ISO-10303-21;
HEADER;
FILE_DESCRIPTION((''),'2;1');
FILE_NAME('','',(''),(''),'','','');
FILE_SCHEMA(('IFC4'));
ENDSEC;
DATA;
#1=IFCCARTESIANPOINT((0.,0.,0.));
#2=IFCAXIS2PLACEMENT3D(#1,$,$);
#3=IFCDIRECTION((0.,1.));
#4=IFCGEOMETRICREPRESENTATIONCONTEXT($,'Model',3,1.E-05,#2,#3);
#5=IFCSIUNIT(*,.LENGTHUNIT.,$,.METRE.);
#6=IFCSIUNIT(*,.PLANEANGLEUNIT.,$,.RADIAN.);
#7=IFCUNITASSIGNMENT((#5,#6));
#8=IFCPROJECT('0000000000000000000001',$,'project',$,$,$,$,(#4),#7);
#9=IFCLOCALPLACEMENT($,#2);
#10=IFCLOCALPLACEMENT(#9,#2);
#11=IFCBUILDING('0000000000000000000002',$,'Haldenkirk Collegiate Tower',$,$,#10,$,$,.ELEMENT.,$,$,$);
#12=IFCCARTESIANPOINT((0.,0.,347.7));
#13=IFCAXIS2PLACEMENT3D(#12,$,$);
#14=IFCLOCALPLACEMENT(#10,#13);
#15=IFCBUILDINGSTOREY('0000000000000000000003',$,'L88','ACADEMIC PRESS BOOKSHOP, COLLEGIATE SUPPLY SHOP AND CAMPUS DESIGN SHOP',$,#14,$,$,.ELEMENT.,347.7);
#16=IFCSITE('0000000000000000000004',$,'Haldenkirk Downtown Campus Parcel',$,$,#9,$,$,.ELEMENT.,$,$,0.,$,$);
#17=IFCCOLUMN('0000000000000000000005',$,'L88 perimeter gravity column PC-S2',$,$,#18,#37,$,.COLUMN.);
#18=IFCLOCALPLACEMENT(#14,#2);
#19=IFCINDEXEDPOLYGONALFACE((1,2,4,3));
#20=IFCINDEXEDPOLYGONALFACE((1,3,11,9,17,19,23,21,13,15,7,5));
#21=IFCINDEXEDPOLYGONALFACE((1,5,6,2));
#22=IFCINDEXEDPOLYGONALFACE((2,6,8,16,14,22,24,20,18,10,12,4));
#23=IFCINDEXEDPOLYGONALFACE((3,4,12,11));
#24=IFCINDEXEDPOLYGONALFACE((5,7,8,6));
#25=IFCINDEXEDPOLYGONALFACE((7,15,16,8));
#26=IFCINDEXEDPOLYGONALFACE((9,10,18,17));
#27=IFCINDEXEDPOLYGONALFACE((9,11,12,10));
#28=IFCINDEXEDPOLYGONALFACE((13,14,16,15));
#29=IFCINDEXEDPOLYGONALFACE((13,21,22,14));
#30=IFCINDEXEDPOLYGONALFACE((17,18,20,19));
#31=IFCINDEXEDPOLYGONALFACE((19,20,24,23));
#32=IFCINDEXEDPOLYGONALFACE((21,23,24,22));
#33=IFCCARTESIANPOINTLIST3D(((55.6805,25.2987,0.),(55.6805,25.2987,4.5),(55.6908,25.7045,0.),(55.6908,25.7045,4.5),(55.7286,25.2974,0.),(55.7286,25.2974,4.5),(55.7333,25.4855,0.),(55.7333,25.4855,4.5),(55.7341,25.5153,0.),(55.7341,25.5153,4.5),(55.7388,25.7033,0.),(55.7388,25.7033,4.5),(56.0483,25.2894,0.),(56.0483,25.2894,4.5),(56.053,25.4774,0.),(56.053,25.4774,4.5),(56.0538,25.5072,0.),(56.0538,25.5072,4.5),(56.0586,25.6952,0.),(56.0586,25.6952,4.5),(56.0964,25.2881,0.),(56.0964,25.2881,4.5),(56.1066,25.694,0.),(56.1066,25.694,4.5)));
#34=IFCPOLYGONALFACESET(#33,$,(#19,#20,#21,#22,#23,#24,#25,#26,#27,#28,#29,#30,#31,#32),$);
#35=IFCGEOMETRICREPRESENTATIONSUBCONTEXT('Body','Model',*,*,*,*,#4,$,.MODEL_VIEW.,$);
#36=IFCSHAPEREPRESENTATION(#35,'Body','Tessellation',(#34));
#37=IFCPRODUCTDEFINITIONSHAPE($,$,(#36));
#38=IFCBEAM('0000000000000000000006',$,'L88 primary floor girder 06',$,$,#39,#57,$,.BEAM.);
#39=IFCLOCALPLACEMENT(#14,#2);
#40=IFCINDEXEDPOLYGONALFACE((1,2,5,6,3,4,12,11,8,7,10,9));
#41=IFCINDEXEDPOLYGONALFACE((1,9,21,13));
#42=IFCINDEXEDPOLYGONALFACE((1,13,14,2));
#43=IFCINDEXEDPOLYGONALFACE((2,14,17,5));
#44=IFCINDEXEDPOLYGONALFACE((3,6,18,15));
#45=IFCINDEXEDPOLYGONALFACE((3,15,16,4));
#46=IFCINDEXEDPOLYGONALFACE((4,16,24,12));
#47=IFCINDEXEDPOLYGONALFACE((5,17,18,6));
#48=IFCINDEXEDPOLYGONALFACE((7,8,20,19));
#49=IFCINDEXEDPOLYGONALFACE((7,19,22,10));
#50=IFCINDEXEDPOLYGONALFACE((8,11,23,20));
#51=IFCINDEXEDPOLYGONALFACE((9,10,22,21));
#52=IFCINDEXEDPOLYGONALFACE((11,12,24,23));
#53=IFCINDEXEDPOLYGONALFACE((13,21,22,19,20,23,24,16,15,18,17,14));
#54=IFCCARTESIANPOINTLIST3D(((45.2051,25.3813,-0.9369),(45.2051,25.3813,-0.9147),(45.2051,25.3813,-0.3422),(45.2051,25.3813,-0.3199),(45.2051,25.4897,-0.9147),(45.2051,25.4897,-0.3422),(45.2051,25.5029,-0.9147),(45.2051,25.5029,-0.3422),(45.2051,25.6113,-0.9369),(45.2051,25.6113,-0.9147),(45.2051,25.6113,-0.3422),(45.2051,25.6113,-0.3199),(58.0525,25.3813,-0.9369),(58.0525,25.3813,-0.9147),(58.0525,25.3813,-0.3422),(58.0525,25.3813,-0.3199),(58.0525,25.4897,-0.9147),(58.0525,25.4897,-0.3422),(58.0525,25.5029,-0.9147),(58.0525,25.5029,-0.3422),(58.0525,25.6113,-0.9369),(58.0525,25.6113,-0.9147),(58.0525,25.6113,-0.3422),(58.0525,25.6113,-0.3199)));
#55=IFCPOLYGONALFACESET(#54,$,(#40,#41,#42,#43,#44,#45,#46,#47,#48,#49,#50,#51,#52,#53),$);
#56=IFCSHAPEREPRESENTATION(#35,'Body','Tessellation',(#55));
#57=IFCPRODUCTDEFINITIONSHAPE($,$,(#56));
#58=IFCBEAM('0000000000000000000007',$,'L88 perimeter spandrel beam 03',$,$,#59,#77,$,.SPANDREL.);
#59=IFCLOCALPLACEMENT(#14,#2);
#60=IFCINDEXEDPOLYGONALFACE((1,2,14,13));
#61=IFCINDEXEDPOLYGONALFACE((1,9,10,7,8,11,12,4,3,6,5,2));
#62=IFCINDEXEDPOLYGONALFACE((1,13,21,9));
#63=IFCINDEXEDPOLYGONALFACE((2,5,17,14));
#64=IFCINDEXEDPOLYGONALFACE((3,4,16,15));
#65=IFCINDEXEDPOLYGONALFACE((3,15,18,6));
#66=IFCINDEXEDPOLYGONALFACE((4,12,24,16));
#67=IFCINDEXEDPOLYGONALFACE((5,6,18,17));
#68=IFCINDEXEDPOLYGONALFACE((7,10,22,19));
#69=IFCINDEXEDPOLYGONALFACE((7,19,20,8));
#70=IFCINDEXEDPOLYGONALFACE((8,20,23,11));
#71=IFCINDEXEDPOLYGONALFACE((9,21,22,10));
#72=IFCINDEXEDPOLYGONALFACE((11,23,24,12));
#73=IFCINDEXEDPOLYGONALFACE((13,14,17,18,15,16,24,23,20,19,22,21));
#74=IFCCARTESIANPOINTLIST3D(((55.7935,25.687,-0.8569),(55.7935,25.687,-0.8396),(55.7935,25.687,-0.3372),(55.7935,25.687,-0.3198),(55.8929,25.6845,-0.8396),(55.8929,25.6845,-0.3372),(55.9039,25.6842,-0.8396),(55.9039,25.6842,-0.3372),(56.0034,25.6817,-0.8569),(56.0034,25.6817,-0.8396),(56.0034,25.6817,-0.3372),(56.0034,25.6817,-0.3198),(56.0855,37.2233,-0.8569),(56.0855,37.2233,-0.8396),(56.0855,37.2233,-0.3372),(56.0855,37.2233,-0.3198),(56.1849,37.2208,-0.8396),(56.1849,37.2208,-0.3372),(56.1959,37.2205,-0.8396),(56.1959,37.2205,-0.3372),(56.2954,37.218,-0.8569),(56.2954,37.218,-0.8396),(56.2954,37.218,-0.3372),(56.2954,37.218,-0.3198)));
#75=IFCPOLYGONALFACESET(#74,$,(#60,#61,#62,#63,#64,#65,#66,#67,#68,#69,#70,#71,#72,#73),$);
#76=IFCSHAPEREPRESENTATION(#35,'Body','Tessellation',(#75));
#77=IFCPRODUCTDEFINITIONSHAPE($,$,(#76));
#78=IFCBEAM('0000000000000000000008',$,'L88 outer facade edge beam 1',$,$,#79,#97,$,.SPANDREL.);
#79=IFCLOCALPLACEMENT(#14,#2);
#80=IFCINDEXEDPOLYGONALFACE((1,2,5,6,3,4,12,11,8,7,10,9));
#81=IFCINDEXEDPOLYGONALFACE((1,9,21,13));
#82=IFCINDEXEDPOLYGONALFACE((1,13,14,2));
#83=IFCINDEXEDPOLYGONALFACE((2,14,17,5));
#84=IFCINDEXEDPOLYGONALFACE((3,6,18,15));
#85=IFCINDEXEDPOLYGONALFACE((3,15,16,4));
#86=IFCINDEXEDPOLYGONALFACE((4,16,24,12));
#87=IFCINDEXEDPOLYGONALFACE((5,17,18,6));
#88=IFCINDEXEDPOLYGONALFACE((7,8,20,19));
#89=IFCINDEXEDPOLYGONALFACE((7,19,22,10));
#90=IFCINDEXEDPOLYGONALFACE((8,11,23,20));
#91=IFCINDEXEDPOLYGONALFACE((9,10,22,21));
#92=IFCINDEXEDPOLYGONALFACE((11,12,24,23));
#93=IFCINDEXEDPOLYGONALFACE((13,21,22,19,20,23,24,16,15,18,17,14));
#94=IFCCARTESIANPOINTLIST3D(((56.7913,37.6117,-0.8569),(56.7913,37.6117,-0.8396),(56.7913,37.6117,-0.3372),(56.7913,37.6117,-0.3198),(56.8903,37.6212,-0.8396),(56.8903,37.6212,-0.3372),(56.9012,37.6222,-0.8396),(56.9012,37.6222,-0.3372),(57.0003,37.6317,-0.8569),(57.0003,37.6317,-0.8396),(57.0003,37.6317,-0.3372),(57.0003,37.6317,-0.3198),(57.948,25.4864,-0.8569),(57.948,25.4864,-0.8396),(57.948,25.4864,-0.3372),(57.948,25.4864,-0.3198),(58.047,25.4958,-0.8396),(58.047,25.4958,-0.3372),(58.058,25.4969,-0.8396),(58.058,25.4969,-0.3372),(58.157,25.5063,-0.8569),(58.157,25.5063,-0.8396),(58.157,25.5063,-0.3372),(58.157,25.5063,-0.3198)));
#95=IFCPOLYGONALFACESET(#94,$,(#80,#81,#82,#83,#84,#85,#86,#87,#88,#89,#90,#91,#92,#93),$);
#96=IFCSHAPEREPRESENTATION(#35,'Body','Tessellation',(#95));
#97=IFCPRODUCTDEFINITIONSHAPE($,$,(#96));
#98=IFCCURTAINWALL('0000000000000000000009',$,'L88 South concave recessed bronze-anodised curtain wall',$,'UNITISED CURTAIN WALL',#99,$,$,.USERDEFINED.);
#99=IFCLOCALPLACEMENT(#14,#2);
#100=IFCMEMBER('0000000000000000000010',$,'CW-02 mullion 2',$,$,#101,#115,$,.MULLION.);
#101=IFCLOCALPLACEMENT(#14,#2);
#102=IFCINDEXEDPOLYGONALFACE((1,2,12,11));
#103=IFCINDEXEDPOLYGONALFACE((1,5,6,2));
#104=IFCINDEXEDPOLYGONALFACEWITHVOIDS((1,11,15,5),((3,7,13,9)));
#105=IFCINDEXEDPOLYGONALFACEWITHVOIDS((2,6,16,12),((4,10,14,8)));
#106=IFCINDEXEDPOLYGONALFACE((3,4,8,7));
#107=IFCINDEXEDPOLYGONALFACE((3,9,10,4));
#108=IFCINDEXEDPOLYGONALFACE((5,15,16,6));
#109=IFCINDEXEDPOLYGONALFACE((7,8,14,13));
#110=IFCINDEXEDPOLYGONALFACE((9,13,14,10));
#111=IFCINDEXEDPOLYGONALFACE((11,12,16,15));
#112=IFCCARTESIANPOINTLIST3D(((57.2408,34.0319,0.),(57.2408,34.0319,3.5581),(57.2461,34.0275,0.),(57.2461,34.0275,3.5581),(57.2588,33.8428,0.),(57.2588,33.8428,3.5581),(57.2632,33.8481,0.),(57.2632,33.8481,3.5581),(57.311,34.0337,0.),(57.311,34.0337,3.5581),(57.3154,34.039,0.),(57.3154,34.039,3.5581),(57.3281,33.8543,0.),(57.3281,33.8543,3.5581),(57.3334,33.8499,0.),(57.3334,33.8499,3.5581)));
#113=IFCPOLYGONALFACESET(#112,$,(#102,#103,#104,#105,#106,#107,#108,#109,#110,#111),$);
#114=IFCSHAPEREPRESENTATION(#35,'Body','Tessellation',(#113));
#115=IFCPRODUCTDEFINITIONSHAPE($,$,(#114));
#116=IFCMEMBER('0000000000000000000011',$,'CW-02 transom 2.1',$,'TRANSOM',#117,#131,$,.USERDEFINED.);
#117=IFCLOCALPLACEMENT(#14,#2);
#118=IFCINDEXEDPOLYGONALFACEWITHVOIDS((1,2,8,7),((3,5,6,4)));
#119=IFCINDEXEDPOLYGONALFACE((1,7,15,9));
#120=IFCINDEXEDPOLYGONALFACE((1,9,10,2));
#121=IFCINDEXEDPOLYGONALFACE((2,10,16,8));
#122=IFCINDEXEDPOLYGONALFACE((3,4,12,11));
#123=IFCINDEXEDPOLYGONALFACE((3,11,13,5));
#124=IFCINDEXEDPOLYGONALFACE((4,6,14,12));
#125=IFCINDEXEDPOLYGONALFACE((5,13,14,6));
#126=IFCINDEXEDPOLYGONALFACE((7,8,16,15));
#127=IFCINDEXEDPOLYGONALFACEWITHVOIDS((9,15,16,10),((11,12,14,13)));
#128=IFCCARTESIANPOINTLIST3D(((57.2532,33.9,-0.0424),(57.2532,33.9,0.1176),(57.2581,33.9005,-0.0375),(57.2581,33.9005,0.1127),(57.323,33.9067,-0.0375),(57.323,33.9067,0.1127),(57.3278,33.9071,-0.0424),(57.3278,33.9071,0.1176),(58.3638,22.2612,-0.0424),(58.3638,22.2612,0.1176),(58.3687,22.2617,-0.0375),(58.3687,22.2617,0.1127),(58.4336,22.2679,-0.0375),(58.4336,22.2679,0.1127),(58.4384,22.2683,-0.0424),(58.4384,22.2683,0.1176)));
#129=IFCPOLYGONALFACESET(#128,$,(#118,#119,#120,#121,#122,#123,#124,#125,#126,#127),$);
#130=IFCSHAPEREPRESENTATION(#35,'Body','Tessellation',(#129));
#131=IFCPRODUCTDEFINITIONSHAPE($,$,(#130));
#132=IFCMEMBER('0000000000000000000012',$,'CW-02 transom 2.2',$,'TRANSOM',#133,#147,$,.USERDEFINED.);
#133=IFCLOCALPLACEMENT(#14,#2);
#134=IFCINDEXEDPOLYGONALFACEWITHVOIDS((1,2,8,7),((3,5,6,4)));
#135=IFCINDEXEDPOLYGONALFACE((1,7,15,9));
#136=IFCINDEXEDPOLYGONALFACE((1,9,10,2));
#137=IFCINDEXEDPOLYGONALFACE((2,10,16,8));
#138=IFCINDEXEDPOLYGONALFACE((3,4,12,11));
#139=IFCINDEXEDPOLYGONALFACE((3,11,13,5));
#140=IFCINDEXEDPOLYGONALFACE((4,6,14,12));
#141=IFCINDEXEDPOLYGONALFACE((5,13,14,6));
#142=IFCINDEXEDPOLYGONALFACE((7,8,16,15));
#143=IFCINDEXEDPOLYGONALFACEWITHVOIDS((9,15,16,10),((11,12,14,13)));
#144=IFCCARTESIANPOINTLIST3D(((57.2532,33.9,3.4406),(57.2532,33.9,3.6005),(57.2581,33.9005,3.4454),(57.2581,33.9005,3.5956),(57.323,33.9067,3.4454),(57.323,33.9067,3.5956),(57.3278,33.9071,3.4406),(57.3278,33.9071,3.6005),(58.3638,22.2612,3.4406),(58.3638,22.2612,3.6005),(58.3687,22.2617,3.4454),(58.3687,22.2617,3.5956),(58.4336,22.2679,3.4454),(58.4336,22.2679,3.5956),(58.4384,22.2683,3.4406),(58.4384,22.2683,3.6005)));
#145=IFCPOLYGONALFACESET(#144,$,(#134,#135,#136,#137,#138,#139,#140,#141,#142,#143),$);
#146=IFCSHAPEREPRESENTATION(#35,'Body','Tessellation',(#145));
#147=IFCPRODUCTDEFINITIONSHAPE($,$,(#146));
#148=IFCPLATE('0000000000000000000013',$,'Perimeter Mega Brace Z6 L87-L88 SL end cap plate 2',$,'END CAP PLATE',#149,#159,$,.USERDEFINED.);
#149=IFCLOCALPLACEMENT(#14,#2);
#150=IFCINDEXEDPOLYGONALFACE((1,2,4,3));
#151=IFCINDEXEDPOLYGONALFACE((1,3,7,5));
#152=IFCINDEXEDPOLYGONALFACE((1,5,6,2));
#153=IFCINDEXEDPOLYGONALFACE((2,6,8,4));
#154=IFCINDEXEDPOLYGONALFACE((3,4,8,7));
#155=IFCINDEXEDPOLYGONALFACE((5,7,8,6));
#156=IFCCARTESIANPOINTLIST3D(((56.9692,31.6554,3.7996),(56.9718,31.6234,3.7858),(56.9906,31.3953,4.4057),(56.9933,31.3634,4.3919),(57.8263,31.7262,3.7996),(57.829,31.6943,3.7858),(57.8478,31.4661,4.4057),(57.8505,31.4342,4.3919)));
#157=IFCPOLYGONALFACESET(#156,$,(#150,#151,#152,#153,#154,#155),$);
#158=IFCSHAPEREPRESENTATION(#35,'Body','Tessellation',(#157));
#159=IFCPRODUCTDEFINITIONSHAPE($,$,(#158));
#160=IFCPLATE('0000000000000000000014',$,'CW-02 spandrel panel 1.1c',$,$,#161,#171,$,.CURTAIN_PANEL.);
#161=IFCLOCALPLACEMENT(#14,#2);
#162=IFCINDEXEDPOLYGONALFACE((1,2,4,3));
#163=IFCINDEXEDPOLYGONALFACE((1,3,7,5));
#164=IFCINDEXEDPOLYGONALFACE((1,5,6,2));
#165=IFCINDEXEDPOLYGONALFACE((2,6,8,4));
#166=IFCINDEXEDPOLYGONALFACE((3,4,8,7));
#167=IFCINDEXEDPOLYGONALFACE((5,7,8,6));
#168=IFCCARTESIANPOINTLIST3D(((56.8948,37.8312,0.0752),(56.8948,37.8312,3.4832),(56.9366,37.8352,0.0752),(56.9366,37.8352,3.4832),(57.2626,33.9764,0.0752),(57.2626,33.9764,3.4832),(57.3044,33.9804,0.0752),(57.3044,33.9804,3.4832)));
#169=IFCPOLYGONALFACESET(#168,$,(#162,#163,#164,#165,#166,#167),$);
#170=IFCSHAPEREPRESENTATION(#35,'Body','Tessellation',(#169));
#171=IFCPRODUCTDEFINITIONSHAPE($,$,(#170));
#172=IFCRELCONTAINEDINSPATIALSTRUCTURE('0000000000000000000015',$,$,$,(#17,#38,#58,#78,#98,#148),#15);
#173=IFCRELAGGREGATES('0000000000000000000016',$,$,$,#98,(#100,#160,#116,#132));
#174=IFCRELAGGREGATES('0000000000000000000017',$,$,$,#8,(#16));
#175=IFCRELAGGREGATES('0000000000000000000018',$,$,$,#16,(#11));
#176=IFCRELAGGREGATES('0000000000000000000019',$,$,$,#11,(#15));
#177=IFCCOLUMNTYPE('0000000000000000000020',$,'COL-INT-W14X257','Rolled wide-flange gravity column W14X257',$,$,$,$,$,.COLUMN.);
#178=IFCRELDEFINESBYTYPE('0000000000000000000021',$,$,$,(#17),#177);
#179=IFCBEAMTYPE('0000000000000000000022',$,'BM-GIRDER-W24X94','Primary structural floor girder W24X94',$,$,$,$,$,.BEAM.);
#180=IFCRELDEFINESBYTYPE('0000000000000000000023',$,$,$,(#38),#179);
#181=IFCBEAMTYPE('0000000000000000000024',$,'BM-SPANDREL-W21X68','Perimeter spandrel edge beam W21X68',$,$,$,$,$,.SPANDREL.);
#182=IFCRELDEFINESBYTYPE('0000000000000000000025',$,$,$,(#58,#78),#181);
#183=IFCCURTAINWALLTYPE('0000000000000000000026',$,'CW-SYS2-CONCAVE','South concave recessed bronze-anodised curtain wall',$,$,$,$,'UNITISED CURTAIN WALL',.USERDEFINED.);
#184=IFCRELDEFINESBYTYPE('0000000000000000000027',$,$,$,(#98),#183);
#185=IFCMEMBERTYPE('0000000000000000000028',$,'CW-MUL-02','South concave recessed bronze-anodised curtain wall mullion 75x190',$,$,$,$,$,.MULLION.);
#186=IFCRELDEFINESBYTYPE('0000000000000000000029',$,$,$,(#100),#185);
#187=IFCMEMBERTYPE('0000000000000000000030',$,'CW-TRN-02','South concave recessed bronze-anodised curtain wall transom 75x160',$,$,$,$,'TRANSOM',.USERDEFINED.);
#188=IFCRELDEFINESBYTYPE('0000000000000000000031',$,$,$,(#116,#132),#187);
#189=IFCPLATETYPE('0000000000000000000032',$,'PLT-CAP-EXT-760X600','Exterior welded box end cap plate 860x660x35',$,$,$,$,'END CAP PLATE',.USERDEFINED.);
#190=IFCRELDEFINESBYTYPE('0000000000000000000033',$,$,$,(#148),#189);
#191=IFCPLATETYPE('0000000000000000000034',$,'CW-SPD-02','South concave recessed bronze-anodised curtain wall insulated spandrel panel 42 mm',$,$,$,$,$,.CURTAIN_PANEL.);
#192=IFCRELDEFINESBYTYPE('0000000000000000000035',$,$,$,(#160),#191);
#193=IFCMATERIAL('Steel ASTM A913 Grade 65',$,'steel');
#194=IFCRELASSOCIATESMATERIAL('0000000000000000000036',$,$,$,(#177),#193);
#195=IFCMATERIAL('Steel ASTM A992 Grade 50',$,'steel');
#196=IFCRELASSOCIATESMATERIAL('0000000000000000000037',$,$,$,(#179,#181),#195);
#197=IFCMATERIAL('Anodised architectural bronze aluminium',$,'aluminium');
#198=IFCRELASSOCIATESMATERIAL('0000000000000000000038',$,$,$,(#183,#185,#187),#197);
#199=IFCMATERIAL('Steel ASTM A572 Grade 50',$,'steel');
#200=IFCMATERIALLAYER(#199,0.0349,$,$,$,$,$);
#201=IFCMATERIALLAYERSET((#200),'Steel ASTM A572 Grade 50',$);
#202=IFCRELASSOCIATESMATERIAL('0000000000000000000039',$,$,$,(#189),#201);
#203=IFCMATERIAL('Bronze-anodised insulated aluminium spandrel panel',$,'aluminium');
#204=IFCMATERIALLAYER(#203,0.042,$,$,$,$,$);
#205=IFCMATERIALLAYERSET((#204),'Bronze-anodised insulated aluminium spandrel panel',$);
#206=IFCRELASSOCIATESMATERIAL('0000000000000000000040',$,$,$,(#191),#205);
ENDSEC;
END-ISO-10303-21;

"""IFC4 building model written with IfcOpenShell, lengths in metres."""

from ifc_helpers import new_model, si_unit, direction, frame, origin, origin_2d, place, context, subcontext, project, spatial, rectangle, hollow_rectangle, i_section, extrude, source, transform, mapped, material, layer, layer_set, material_profile, profile_set, type_object, element, aggregate, save


model = new_model("IFC4")

# Units and contexts
model_context = context("Model", 3, precision=1e-05, world=origin(), true_north=direction((0.0, 1.0)))
body_context = subcontext(model_context, "Body", "Model", "MODEL_VIEW")
ifc_project = project(units=[si_unit("LENGTHUNIT", "METRE"), si_unit("PLANEANGLEUNIT", "RADIAN")], contexts=[model_context])

# Site, building, storey
site_placement = place(None, origin())
site = spatial("IfcSite", under=ifc_project, at=site_placement, Name="Haldenkirk Downtown Campus Parcel", CompositionType="ELEMENT", RefElevation=0.0)
building_placement = place(site_placement, origin())
building = spatial("IfcBuilding", under=site, at=building_placement, Name="Haldenkirk Collegiate Tower", CompositionType="ELEMENT")
storey_placement = place(building_placement, frame((0.0, 0.0, 347.7)))
storey = spatial("IfcBuildingStorey", under=building, at=storey_placement, Name="L88", Description="ACADEMIC PRESS BOOKSHOP, COLLEGIATE SUPPLY SHOP AND CAMPUS DESIGN SHOP", CompositionType="ELEMENT", Elevation=347.7)

# Column
ifc_material_1 = material(Name="Steel ASTM A913 Grade 65", Category="steel")
ifc_material_profile_1 = material_profile(ifc_material_1, i_section(OverallWidth=0.406, OverallDepth=0.416, WebThickness=0.0298, FlangeThickness=0.0481, at=origin_2d()), Name="W14X257")
ifc_profile_set_1 = profile_set([ifc_material_profile_1], Name="Steel ASTM A913 Grade 65")
column_type = type_object("IfcColumnType", Name="COL-INT-W14X257", Description="Rolled wide-flange gravity column W14X257", PredefinedType="COLUMN", material=ifc_profile_set_1)
column_placement = place(storey_placement, frame((55.8936, 25.4963, 0.0), z_axis=(0.0, 0.0, 1.0), x_axis=(0.025305, 0.99968, 0.0)))
element("IfcColumn", 1, at=column_placement, inside=storey, type_object=column_type, Name="L88 perimeter gravity column PC-S2", PredefinedType="COLUMN", context=body_context, shape_type="SweptSolid", body=[
    extrude(i_section(OverallWidth=0.406, OverallDepth=0.416, WebThickness=0.0298, FlangeThickness=0.0481, at=origin_2d()), origin(), (0.0, 0.0, 1.0), 4.5),
])

# Beams
ifc_material_2 = material(Name="Steel ASTM A992 Grade 50", Category="steel")
ifc_material_profile_2 = material_profile(ifc_material_2, i_section(OverallWidth=0.23, OverallDepth=0.6169, WebThickness=0.0132, FlangeThickness=0.0222, at=origin_2d()), Name="W24X94")
ifc_profile_set_2 = profile_set([ifc_material_profile_2], Name="Steel ASTM A992 Grade 50")
beam_type_1 = type_object("IfcBeamType", Name="BM-GIRDER-W24X94", Description="Primary structural floor girder W24X94", PredefinedType="BEAM", material=ifc_profile_set_2)
beam_1_placement = place(storey_placement, frame((58.0525, 25.4963, -0.6284), z_axis=(-1.0, 0.0, 0.0), x_axis=(0.0, -1.0, 0.0)))
element("IfcBeam", 2, at=beam_1_placement, inside=storey, type_object=beam_type_1, Name="L88 primary floor girder 06", PredefinedType="BEAM", context=body_context, shape_type="SweptSolid", body=[
    extrude(i_section(OverallWidth=0.23, OverallDepth=0.6169, WebThickness=0.0132, FlangeThickness=0.0222, at=origin_2d()), origin(), (0.0, 0.0, 1.0), 12.8474),
])
ifc_material_profile_3 = material_profile(ifc_material_2, i_section(OverallWidth=0.21, OverallDepth=0.5371, WebThickness=0.011, FlangeThickness=0.0173, at=origin_2d()), Name="W21X68")
ifc_profile_set_3 = profile_set([ifc_material_profile_3], Name="Steel ASTM A992 Grade 50")
beam_type_2 = type_object("IfcBeamType", Name="BM-SPANDREL-W21X68", Description="Perimeter spandrel edge beam W21X68", PredefinedType="SPANDREL", material=ifc_profile_set_3)
beam_2_placement = place(storey_placement, frame((55.8984, 25.6843, -0.5884), z_axis=(0.025302, 0.99968, 0.0), x_axis=(-0.99968, 0.025302, 0.0)))
element("IfcBeam", 3, at=beam_2_placement, inside=storey, type_object=beam_type_2, Name="L88 perimeter spandrel beam 03", PredefinedType="SPANDREL", context=body_context, shape_type="SweptSolid", body=[
    extrude(i_section(OverallWidth=0.21, OverallDepth=0.5371, WebThickness=0.011, FlangeThickness=0.0173, at=origin_2d()), origin(), (0.0, 0.0, 1.0), 11.54),
])
beam_3_placement = place(storey_placement, frame((58.0525, 25.4963, -0.5884), z_axis=(-0.094966, 0.995481, 0.0), x_axis=(-0.995481, -0.094966, 0.0)))
element("IfcBeam", 4, at=beam_3_placement, inside=storey, type_object=beam_type_2, Name="L88 outer facade edge beam 1", PredefinedType="SPANDREL", context=body_context, shape_type="SweptSolid", body=[
    extrude(i_section(OverallWidth=0.21, OverallDepth=0.5371, WebThickness=0.011, FlangeThickness=0.0173, at=origin_2d()), origin(), (0.0, 0.0, 1.0), 12.1804),
])

# Curtain wall, members
ifc_material_3 = material(Name="Anodised architectural bronze aluminium", Category="aluminium")
curtain_wall_type = type_object("IfcCurtainWallType", Name="CW-SYS2-CONCAVE", Description="South concave recessed bronze-anodised curtain wall", ElementType="UNITISED CURTAIN WALL", PredefinedType="USERDEFINED", material=ifc_material_3)
curtain_wall_placement = place(storey_placement, origin())
curtain_wall = element("IfcCurtainWall", 5, at=curtain_wall_placement, inside=storey, type_object=curtain_wall_type, Name="L88 South concave recessed bronze-anodised curtain wall", ObjectType="UNITISED CURTAIN WALL", PredefinedType="USERDEFINED")
ifc_material_profile_4 = material_profile(ifc_material_3, hollow_rectangle(XDim=0.075, YDim=0.1899, WallThickness=0.0049, at=origin_2d()), Name="CW-MUL-02")
ifc_profile_set_4 = profile_set([ifc_material_profile_4], Name="Anodised architectural bronze aluminium")
member_type_1 = type_object("IfcMemberType", Name="CW-MUL-02", Description="South concave recessed bronze-anodised curtain wall mullion 75x190", PredefinedType="MULLION", material=ifc_profile_set_4)
member_1_placement = place(storey_placement, frame((57.2871, 33.9409, 0.0), z_axis=(0.0, 0.0, 1.0), x_axis=(0.99548, 0.094974, 0.0)))
member_1 = element("IfcMember", 6, at=member_1_placement, type_object=member_type_1, Name="CW-02 mullion 2", PredefinedType="MULLION", context=body_context, shape_type="SweptSolid", body=[
    extrude(hollow_rectangle(XDim=0.075, YDim=0.1899, WallThickness=0.0049, at=origin_2d()), origin(), (0.0, 0.0, 1.0), 3.5581),
])
ifc_material_profile_5 = material_profile(ifc_material_3, hollow_rectangle(XDim=0.075, YDim=0.1599, WallThickness=0.0049, at=origin_2d()), Name="CW-TRN-02")
ifc_profile_set_5 = profile_set([ifc_material_profile_5], Name="Anodised architectural bronze aluminium")
member_type_2 = type_object("IfcMemberType", Name="CW-TRN-02", Description="South concave recessed bronze-anodised curtain wall transom 75x160", ElementType="TRANSOM", PredefinedType="USERDEFINED", material=ifc_profile_set_5)
member_2_placement = place(storey_placement, frame((57.2905, 33.9036, 0.0376), z_axis=(0.094991, -0.995478, 0.0), x_axis=(0.995478, 0.094991, 0.0)))
member_2 = element("IfcMember", 7, at=member_2_placement, type_object=member_type_2, Name="CW-02 transom 2.1", ObjectType="TRANSOM", PredefinedType="USERDEFINED", context=body_context, shape_type="SweptSolid", body=[
    extrude(hollow_rectangle(XDim=0.075, YDim=0.1599, WallThickness=0.0049, at=origin_2d()), origin(), (0.0, 0.0, 1.0), 11.6917),
])
member_3_placement = place(storey_placement, frame((57.2905, 33.9036, 3.5205), z_axis=(0.094991, -0.995478, 0.0), x_axis=(0.995478, 0.094991, 0.0)))
member_3 = element("IfcMember", 8, at=member_3_placement, type_object=member_type_2, Name="CW-02 transom 2.2", ObjectType="TRANSOM", PredefinedType="USERDEFINED", context=body_context, shape_type="SweptSolid", body=[
    extrude(hollow_rectangle(XDim=0.075, YDim=0.1599, WallThickness=0.0049, at=origin_2d()), origin(), (0.0, 0.0, 1.0), 11.6917),
])

# Plates
ifc_material_4 = material(Name="Steel ASTM A572 Grade 50", Category="steel")
ifc_layer_1 = layer(ifc_material_4, 0.0349)
ifc_layer_set_1 = layer_set([ifc_layer_1], Name="Steel ASTM A572 Grade 50")
plate_type_1 = type_object("IfcPlateType", Name="PLT-CAP-EXT-760X600", Description="Exterior welded box end cap plate 860x660x35", ElementType="END CAP PLATE", PredefinedType="USERDEFINED", material=ifc_layer_set_1)
shared_shape_1 = source(origin(), body_context, "Body", "SweptSolid", [
    extrude(rectangle(XDim=0.8601, YDim=0.6599, at=origin_2d()), origin(), (0.0, 0.0, 1.0), 0.0349),
])
plate_1_placement = place(storey_placement, frame((57.4111, 31.5288, 4.0889), z_axis=(-0.075648, 0.915366, 0.395452), x_axis=(-0.996603, -0.082361, 0.0)))
element("IfcPlate", 9, at=plate_1_placement, inside=storey, type_object=plate_type_1, Name="Perimeter Mega Brace Z6 L87-L88 SL end cap plate 2", ObjectType="END CAP PLATE", PredefinedType="USERDEFINED", context=body_context, shape_type="MappedRepresentation", body=[
    mapped(shared_shape_1, transform((0.0, 0.0, 0.0), x_axis=(1.0, 0.0, 0.0), y_axis=(0.0, 1.0, 0.0), z_axis=(0.0, 0.0, 1.0), scale=1.0)),
])
ifc_material_5 = material(Name="Bronze-anodised insulated aluminium spandrel panel", Category="aluminium")
ifc_layer_2 = layer(ifc_material_5, 0.042)
ifc_layer_set_2 = layer_set([ifc_layer_2], Name="Bronze-anodised insulated aluminium spandrel panel")
plate_type_2 = type_object("IfcPlateType", Name="CW-SPD-02", Description="South concave recessed bronze-anodised curtain wall insulated spandrel panel 42 mm", PredefinedType="CURTAIN_PANEL", material=ifc_layer_set_2)
shared_shape_2 = source(origin(), body_context, "Body", "SweptSolid", [
    extrude(rectangle(XDim=3.8723, YDim=0.042, at=origin_2d()), origin(), (0.0, 0.0, 1.0), 3.408),
])
plate_2_placement = place(storey_placement, frame((57.0996, 35.9058, 0.0752), z_axis=(0.0, 0.0, 1.0), x_axis=(0.094974, -0.99548, 0.0)))
plate_2 = element("IfcPlate", 10, at=plate_2_placement, type_object=plate_type_2, Name="CW-02 spandrel panel 1.1c", PredefinedType="CURTAIN_PANEL", context=body_context, shape_type="MappedRepresentation", body=[
    mapped(shared_shape_2, transform((0.0, 0.0, 0.0), x_axis=(1.0, 0.0, 0.0), y_axis=(0.0, 1.0, 0.0), z_axis=(0.0, 0.0, 1.0), scale=1.0)),
])
aggregate(curtain_wall, [member_1, plate_2, member_2, member_3])

save(model, "model.ifc")
